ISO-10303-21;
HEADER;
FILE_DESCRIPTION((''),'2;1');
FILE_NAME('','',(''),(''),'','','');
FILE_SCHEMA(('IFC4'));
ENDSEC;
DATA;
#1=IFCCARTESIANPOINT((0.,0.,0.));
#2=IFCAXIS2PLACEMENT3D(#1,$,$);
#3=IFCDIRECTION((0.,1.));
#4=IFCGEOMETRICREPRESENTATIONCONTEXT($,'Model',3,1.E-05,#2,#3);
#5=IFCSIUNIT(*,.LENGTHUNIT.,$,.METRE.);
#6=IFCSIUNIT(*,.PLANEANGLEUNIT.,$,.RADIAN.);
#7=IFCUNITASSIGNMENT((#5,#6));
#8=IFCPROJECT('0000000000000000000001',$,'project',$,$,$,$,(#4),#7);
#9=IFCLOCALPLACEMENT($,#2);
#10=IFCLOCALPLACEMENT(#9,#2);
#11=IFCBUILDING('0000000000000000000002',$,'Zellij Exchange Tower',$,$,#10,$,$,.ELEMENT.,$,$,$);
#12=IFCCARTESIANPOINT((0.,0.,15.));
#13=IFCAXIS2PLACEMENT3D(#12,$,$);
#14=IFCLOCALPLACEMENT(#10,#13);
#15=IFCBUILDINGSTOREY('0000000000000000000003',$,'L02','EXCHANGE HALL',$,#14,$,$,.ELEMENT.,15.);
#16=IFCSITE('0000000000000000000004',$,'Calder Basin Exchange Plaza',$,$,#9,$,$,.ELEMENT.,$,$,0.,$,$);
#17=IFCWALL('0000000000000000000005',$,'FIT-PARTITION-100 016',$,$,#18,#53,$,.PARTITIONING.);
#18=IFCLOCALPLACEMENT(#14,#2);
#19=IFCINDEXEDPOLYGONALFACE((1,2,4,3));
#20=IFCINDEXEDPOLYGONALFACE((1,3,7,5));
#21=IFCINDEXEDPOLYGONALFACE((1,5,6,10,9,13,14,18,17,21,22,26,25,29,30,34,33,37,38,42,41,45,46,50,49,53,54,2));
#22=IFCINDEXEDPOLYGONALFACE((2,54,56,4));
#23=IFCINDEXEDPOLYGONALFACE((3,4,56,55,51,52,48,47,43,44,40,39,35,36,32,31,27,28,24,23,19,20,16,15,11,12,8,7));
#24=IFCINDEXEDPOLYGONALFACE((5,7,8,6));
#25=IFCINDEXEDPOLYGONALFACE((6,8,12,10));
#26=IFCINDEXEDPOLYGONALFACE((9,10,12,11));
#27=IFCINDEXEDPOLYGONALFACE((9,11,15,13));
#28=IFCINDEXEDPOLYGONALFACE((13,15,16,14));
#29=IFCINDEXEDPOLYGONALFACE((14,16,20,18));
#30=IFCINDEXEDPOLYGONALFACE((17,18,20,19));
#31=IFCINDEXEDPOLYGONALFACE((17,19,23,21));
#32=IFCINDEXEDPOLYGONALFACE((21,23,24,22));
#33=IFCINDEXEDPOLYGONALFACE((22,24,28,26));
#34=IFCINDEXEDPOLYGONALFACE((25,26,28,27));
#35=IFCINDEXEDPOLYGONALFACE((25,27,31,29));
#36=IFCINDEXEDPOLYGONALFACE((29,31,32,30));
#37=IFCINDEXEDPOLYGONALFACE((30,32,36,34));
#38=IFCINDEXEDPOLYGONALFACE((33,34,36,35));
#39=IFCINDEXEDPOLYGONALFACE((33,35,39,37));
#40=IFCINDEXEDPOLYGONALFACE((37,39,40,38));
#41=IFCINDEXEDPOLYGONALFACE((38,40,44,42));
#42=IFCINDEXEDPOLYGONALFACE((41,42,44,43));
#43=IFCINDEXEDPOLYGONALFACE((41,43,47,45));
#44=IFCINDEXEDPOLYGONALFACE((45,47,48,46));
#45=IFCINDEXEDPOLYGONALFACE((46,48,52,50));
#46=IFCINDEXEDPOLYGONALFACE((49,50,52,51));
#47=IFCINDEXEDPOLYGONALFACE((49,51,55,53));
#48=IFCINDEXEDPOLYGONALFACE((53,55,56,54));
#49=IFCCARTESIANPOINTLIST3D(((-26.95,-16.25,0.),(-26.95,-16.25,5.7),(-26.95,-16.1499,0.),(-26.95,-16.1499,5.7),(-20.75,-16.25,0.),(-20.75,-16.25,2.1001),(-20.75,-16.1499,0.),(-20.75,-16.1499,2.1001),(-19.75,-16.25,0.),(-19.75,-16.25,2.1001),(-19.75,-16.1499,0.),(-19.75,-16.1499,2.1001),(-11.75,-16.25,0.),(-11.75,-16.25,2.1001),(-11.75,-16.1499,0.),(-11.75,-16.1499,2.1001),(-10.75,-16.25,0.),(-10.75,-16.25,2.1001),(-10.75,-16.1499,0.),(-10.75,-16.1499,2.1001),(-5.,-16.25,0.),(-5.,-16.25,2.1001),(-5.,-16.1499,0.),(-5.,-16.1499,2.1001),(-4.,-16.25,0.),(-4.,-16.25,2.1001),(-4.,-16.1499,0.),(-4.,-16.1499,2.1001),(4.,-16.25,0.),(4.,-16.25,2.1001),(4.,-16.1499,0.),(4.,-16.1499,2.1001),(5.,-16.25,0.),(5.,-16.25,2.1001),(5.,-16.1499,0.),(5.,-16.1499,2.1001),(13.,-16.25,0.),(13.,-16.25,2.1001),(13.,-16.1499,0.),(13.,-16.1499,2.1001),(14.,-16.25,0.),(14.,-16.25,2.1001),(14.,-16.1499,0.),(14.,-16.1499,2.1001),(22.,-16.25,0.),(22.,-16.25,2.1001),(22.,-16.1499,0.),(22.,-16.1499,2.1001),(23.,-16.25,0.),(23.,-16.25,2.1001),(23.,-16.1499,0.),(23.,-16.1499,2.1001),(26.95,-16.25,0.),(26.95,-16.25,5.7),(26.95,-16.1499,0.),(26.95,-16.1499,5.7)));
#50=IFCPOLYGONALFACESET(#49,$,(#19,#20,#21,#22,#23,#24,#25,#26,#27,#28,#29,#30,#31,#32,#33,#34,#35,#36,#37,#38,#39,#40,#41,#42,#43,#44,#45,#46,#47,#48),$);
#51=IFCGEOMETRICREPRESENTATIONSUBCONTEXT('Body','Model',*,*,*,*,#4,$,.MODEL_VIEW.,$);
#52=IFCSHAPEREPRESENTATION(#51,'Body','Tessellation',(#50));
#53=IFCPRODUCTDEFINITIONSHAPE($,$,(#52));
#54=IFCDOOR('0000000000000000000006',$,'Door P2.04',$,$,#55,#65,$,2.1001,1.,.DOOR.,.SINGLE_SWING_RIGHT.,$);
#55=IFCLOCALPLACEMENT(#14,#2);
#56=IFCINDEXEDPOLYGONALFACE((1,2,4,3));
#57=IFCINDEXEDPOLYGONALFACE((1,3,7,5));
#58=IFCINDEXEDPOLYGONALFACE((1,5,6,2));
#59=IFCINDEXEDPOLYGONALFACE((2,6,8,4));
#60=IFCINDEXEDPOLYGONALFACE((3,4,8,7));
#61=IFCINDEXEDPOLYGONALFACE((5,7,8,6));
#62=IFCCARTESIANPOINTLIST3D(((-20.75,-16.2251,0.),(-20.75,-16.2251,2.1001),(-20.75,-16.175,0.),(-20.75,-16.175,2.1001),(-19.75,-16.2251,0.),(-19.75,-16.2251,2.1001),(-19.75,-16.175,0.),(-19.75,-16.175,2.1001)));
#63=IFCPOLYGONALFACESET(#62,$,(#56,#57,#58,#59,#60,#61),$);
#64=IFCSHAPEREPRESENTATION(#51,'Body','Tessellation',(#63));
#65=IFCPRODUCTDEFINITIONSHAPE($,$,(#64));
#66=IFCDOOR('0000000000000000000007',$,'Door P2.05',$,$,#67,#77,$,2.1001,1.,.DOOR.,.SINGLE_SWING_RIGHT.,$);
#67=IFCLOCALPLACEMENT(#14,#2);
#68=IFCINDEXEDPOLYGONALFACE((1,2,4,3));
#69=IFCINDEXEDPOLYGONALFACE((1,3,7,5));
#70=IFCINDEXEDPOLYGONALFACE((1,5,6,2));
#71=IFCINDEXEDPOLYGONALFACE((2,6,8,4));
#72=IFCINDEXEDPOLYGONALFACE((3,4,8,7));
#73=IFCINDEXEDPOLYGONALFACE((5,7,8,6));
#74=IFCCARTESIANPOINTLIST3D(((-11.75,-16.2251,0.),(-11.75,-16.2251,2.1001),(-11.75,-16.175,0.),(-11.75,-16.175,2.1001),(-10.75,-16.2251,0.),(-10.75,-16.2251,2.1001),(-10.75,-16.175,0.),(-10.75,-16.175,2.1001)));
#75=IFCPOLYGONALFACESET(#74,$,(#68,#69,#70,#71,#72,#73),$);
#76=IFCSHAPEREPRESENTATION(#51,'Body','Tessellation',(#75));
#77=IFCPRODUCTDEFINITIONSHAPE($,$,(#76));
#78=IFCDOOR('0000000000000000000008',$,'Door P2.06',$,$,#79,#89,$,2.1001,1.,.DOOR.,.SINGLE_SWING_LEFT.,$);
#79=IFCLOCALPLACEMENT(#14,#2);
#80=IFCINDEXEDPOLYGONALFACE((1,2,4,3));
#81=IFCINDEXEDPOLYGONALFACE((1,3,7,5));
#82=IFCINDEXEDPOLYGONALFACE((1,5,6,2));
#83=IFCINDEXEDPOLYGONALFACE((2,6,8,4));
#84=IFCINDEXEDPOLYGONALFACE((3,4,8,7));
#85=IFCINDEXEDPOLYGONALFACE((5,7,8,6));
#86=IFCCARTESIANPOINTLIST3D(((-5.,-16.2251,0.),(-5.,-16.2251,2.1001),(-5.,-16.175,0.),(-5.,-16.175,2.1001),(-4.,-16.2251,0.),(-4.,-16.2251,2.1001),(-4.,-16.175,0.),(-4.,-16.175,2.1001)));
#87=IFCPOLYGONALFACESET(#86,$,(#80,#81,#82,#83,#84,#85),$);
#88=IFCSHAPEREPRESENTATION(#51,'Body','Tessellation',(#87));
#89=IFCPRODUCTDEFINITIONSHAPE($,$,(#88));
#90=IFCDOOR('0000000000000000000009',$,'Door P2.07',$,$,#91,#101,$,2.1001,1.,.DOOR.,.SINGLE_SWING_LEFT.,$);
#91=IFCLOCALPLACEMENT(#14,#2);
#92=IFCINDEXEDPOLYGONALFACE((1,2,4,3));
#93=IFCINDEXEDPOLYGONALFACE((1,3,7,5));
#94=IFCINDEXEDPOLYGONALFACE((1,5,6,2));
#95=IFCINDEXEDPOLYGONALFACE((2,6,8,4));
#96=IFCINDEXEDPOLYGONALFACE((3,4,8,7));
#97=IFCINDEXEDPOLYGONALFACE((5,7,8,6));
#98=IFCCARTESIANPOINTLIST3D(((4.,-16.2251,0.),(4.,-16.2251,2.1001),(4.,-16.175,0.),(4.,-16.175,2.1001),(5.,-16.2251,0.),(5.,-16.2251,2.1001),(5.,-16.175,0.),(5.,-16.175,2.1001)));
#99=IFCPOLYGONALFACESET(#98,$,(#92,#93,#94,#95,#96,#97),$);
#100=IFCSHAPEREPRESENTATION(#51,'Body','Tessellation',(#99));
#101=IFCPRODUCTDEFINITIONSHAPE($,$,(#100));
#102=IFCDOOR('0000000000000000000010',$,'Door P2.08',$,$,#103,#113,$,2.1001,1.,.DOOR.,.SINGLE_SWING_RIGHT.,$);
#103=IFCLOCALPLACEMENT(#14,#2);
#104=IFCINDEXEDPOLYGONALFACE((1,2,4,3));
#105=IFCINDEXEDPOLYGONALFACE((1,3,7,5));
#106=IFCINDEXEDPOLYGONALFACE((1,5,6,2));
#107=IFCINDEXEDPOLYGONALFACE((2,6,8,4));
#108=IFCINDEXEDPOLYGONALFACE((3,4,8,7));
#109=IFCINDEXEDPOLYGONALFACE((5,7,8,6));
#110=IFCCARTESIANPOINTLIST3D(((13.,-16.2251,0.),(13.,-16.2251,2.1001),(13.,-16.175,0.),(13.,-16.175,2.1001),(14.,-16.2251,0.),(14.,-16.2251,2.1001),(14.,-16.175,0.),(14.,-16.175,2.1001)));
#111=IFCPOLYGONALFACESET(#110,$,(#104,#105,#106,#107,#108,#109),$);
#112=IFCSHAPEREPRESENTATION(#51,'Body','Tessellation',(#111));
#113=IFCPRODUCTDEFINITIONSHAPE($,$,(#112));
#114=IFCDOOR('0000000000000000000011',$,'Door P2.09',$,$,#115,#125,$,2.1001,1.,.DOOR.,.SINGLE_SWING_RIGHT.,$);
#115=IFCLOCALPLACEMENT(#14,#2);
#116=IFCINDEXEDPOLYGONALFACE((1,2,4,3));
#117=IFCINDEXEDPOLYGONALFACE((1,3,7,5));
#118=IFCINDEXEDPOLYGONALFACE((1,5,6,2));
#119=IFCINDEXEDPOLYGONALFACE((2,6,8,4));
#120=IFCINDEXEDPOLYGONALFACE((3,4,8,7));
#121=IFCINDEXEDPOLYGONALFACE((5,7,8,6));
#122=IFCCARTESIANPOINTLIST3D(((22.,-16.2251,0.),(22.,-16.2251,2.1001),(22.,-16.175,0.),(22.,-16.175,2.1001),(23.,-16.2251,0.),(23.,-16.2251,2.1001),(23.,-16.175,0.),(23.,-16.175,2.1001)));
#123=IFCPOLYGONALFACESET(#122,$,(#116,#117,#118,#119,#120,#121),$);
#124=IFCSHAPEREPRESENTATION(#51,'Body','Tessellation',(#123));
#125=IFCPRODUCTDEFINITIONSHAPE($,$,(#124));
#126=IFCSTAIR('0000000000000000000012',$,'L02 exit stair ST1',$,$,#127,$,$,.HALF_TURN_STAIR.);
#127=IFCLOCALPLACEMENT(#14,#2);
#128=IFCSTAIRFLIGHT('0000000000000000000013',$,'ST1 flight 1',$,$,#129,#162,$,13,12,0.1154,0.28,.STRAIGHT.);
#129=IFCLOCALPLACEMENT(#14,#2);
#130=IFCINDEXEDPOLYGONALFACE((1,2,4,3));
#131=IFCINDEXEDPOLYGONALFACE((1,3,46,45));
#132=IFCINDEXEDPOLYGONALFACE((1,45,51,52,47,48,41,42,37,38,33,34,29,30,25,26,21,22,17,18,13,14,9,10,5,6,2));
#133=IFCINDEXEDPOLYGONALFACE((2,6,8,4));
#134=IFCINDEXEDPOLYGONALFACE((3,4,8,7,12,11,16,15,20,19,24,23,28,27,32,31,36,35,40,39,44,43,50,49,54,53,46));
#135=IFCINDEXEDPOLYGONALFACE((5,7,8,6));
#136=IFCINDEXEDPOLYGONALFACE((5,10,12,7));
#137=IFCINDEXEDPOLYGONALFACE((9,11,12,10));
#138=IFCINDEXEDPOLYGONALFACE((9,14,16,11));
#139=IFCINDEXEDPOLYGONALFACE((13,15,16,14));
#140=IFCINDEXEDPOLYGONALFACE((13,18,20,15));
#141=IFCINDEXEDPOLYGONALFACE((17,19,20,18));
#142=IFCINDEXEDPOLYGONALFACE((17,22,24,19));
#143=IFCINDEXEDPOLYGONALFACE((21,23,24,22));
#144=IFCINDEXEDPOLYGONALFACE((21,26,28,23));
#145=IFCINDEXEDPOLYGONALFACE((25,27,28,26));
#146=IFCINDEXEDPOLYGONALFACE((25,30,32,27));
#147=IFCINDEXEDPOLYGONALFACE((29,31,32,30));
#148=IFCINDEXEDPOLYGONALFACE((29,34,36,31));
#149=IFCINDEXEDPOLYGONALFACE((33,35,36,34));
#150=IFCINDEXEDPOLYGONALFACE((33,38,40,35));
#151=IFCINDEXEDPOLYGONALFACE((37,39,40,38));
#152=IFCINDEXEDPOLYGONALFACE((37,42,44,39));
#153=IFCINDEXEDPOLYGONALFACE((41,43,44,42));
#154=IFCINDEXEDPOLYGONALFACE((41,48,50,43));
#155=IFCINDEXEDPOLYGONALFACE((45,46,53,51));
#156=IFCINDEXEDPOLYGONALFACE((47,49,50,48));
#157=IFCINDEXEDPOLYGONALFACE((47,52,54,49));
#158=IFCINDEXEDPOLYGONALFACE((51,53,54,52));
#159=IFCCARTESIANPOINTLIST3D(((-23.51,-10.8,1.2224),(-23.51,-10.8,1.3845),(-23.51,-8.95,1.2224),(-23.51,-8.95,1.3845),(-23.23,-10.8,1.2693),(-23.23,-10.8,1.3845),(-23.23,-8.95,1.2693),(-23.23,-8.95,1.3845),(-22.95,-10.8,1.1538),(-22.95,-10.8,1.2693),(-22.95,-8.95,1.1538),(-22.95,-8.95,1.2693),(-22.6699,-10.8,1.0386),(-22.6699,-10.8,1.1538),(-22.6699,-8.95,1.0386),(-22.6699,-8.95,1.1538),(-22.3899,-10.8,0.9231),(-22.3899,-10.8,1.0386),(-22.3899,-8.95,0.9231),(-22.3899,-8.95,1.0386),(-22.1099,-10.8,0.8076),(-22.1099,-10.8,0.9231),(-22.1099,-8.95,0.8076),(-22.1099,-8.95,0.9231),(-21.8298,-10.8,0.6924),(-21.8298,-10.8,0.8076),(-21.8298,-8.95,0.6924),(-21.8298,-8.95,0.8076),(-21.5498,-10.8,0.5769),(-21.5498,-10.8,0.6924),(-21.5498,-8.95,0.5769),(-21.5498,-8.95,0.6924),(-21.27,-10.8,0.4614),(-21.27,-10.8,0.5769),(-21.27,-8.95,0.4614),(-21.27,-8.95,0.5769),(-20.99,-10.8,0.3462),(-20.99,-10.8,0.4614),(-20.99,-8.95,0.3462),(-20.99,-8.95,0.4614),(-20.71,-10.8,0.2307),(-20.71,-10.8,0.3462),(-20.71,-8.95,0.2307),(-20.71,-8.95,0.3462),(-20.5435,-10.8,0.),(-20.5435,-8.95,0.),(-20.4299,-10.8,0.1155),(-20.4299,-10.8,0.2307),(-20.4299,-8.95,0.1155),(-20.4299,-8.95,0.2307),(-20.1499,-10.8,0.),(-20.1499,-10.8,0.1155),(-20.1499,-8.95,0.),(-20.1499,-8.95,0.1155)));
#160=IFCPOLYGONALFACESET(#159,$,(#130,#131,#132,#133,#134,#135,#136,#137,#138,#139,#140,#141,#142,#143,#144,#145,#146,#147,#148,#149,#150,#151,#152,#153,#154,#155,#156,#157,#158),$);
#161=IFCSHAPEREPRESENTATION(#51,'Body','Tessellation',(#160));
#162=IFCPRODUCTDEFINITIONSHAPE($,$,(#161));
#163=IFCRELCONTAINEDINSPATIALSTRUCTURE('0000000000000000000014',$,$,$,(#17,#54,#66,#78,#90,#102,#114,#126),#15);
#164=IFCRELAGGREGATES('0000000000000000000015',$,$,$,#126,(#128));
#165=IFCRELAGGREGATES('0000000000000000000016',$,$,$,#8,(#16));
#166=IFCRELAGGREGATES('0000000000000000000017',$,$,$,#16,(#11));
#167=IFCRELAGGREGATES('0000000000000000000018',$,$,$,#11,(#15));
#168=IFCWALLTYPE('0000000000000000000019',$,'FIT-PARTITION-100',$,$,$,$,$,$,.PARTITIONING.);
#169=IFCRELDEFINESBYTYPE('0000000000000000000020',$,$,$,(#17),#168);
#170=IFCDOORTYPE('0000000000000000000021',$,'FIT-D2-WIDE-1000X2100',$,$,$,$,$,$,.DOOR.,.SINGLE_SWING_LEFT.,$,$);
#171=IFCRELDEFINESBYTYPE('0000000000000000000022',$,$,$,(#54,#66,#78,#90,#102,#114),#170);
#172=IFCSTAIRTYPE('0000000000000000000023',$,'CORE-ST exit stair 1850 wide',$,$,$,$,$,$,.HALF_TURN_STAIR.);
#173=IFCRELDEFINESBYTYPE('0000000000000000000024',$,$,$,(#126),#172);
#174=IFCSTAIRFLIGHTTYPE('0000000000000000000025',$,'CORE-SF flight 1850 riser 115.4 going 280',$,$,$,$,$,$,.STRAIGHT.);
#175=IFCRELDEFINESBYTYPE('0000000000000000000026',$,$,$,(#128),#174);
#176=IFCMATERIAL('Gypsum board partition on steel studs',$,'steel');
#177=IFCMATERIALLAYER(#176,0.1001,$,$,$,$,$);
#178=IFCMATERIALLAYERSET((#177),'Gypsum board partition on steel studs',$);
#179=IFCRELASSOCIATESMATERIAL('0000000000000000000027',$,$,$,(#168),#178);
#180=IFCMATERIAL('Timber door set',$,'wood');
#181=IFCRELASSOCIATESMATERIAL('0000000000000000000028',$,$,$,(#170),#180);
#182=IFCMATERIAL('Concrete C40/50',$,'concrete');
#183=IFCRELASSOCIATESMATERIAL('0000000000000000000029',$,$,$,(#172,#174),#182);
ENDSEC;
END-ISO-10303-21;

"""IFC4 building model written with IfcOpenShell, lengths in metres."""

from ifc_helpers import new_model, si_unit, direction, frame, frame_2d, origin, place, context, subcontext, project, spatial, polyline, rectangle, outline, extrude, material, layer, layer_set, type_object, element, fill, aggregate, save


model = new_model("IFC4")

# Units and contexts
model_context = context("Model", 3, precision=1e-05, world=origin(), true_north=direction((0.0, 1.0)))
body_context = subcontext(model_context, "Body", "Model", "MODEL_VIEW")
ifc_project = project(units=[si_unit("LENGTHUNIT", "METRE"), si_unit("PLANEANGLEUNIT", "RADIAN")], contexts=[model_context])

# Site, building, storey
site_placement = place(None, origin())
site = spatial("IfcSite", under=ifc_project, at=site_placement, Name="Calder Basin Exchange Plaza", CompositionType="ELEMENT", RefElevation=0.0)
building_placement = place(site_placement, origin())
building = spatial("IfcBuilding", under=site, at=building_placement, Name="Zellij Exchange Tower", CompositionType="ELEMENT")
storey_placement = place(building_placement, frame((0.0, 0.0, 15.0)))
storey = spatial("IfcBuildingStorey", under=building, at=storey_placement, Name="L02", Description="EXCHANGE HALL", CompositionType="ELEMENT", Elevation=15.0)

# Wall, openings, doors
ifc_material_1 = material(Name="Gypsum board partition on steel studs", Category="steel")
ifc_layer_1 = layer(ifc_material_1, 0.1001)
ifc_layer_set_1 = layer_set([ifc_layer_1], Name="Gypsum board partition on steel studs")
wall_type_1 = type_object("IfcWallType", Name="FIT-PARTITION-100", PredefinedType="PARTITIONING", material=ifc_layer_set_1)
wall_1_placement = place(storey_placement, frame((-26.95, -16.2, 0.0), z_axis=(0.0, 0.0, 1.0), x_axis=(1.0, 0.0, 0.0)))
wall_1 = element("IfcWall", 1, at=wall_1_placement, inside=storey, type_object=wall_type_1, Name="FIT-PARTITION-100 016", PredefinedType="PARTITIONING", context=body_context, shape_type="SweptSolid", body=[
    extrude(rectangle(XDim=53.8999, YDim=0.1001, at=frame_2d((26.95, 0.0))), origin(), (0.0, 0.0, 1.0), 5.7),
])
opening_1_placement = place(wall_1_placement, frame((6.2, 0.0, 0.0)))
opening_1 = element("IfcOpeningElement", 2, at=opening_1_placement, cuts=wall_1, PredefinedType="OPENING", context=body_context, shape_type="SweptSolid", body=[
    extrude(rectangle(XDim=1.0, YDim=2.1001, at=frame_2d((0.5, 1.05))), frame((0.0, 0.062, 0.0), z_axis=(0.0, -1.0, 0.0), x_axis=(1.0, 0.0, 0.0)), (0.0, 0.0, 1.0), 0.124),
])
opening_2_placement = place(wall_1_placement, frame((15.2, 0.0, 0.0)))
opening_2 = element("IfcOpeningElement", 3, at=opening_2_placement, cuts=wall_1, PredefinedType="OPENING", context=body_context, shape_type="SweptSolid", body=[
    extrude(rectangle(XDim=1.0, YDim=2.1001, at=frame_2d((0.5, 1.05))), frame((0.0, 0.062, 0.0), z_axis=(0.0, -1.0, 0.0), x_axis=(1.0, 0.0, 0.0)), (0.0, 0.0, 1.0), 0.124),
])
opening_3_placement = place(wall_1_placement, frame((21.95, 0.0, 0.0)))
opening_3 = element("IfcOpeningElement", 4, at=opening_3_placement, cuts=wall_1, PredefinedType="OPENING", context=body_context, shape_type="SweptSolid", body=[
    extrude(rectangle(XDim=1.0, YDim=2.1001, at=frame_2d((0.5, 1.05))), frame((0.0, 0.062, 0.0), z_axis=(0.0, -1.0, 0.0), x_axis=(1.0, 0.0, 0.0)), (0.0, 0.0, 1.0), 0.124),
])
opening_4_placement = place(wall_1_placement, frame((30.95, 0.0, 0.0)))
opening_4 = element("IfcOpeningElement", 5, at=opening_4_placement, cuts=wall_1, PredefinedType="OPENING", context=body_context, shape_type="SweptSolid", body=[
    extrude(rectangle(XDim=1.0, YDim=2.1001, at=frame_2d((0.5, 1.05))), frame((0.0, 0.062, 0.0), z_axis=(0.0, -1.0, 0.0), x_axis=(1.0, 0.0, 0.0)), (0.0, 0.0, 1.0), 0.124),
])
opening_5_placement = place(wall_1_placement, frame((39.95, 0.0, 0.0)))
opening_5 = element("IfcOpeningElement", 6, at=opening_5_placement, cuts=wall_1, PredefinedType="OPENING", context=body_context, shape_type="SweptSolid", body=[
    extrude(rectangle(XDim=1.0, YDim=2.1001, at=frame_2d((0.5, 1.05))), frame((0.0, 0.062, 0.0), z_axis=(0.0, -1.0, 0.0), x_axis=(1.0, 0.0, 0.0)), (0.0, 0.0, 1.0), 0.124),
])
opening_6_placement = place(wall_1_placement, frame((48.95, 0.0, 0.0)))
opening_6 = element("IfcOpeningElement", 7, at=opening_6_placement, cuts=wall_1, PredefinedType="OPENING", context=body_context, shape_type="SweptSolid", body=[
    extrude(rectangle(XDim=1.0, YDim=2.1001, at=frame_2d((0.5, 1.05))), frame((0.0, 0.062, 0.0), z_axis=(0.0, -1.0, 0.0), x_axis=(1.0, 0.0, 0.0)), (0.0, 0.0, 1.0), 0.124),
])
ifc_material_2 = material(Name="Timber door set", Category="wood")
door_type_1 = type_object("IfcDoorType", Name="FIT-D2-WIDE-1000X2100", OperationType="SINGLE_SWING_LEFT", PredefinedType="DOOR", material=ifc_material_2)
door_1_placement = place(opening_1_placement, origin())
door_1 = element("IfcDoor", 8, at=door_1_placement, inside=storey, type_object=door_type_1, Name="Door P2.04", OperationType="SINGLE_SWING_RIGHT", OverallHeight=2.1001, OverallWidth=1.0, PredefinedType="DOOR", context=body_context, shape_type="SweptSolid", body=[
    extrude(rectangle(XDim=1.0, YDim=2.1001, at=frame_2d((0.5, 1.05))), frame((0.0, 0.0249, 0.0), z_axis=(0.0, -1.0, 0.0), x_axis=(1.0, 0.0, 0.0)), (0.0, 0.0, 1.0), 0.05),
])
fill(opening_1, door_1)
door_2_placement = place(opening_2_placement, origin())
door_2 = element("IfcDoor", 9, at=door_2_placement, inside=storey, type_object=door_type_1, Name="Door P2.05", OperationType="SINGLE_SWING_RIGHT", OverallHeight=2.1001, OverallWidth=1.0, PredefinedType="DOOR", context=body_context, shape_type="SweptSolid", body=[
    extrude(rectangle(XDim=1.0, YDim=2.1001, at=frame_2d((0.5, 1.05))), frame((0.0, 0.0249, 0.0), z_axis=(0.0, -1.0, 0.0), x_axis=(1.0, 0.0, 0.0)), (0.0, 0.0, 1.0), 0.05),
])
fill(opening_2, door_2)
door_3_placement = place(opening_3_placement, origin())
door_3 = element("IfcDoor", 10, at=door_3_placement, inside=storey, type_object=door_type_1, Name="Door P2.06", OperationType="SINGLE_SWING_LEFT", OverallHeight=2.1001, OverallWidth=1.0, PredefinedType="DOOR", context=body_context, shape_type="SweptSolid", body=[
    extrude(rectangle(XDim=1.0, YDim=2.1001, at=frame_2d((0.5, 1.05))), frame((0.0, 0.0249, 0.0), z_axis=(0.0, -1.0, 0.0), x_axis=(1.0, 0.0, 0.0)), (0.0, 0.0, 1.0), 0.05),
])
fill(opening_3, door_3)
door_4_placement = place(opening_4_placement, origin())
door_4 = element("IfcDoor", 11, at=door_4_placement, inside=storey, type_object=door_type_1, Name="Door P2.07", OperationType="SINGLE_SWING_LEFT", OverallHeight=2.1001, OverallWidth=1.0, PredefinedType="DOOR", context=body_context, shape_type="SweptSolid", body=[
    extrude(rectangle(XDim=1.0, YDim=2.1001, at=frame_2d((0.5, 1.05))), frame((0.0, 0.0249, 0.0), z_axis=(0.0, -1.0, 0.0), x_axis=(1.0, 0.0, 0.0)), (0.0, 0.0, 1.0), 0.05),
])
fill(opening_4, door_4)
door_5_placement = place(opening_5_placement, origin())
door_5 = element("IfcDoor", 12, at=door_5_placement, inside=storey, type_object=door_type_1, Name="Door P2.08", OperationType="SINGLE_SWING_RIGHT", OverallHeight=2.1001, OverallWidth=1.0, PredefinedType="DOOR", context=body_context, shape_type="SweptSolid", body=[
    extrude(rectangle(XDim=1.0, YDim=2.1001, at=frame_2d((0.5, 1.05))), frame((0.0, 0.0249, 0.0), z_axis=(0.0, -1.0, 0.0), x_axis=(1.0, 0.0, 0.0)), (0.0, 0.0, 1.0), 0.05),
])
fill(opening_5, door_5)
door_6_placement = place(opening_6_placement, origin())
door_6 = element("IfcDoor", 13, at=door_6_placement, inside=storey, type_object=door_type_1, Name="Door P2.09", OperationType="SINGLE_SWING_RIGHT", OverallHeight=2.1001, OverallWidth=1.0, PredefinedType="DOOR", context=body_context, shape_type="SweptSolid", body=[
    extrude(rectangle(XDim=1.0, YDim=2.1001, at=frame_2d((0.5, 1.05))), frame((0.0, 0.0249, 0.0), z_axis=(0.0, -1.0, 0.0), x_axis=(1.0, 0.0, 0.0)), (0.0, 0.0, 1.0), 0.05),
])
fill(opening_6, door_6)

# Stair, stair flight
ifc_material_3 = material(Name="Concrete C40/50", Category="concrete")
stair_type = type_object("IfcStairType", Name="CORE-ST exit stair 1850 wide", PredefinedType="HALF_TURN_STAIR", material=ifc_material_3)
stair_placement = place(storey_placement, origin())
stair = element("IfcStair", 14, at=stair_placement, inside=storey, type_object=stair_type, Name="L02 exit stair ST1", PredefinedType="HALF_TURN_STAIR")
stair_flight_type = type_object("IfcStairFlightType", Name="CORE-SF flight 1850 riser 115.4 going 280", PredefinedType="STRAIGHT", material=ifc_material_3)
stair_flight_1_placement = place(storey_placement, frame((-20.1499, -9.875, 0.0), z_axis=(0.0, 0.0, 1.0), x_axis=(-1.0, 0.0, 0.0)))
stair_flight_1 = element("IfcStairFlight", 15, at=stair_flight_1_placement, type_object=stair_flight_type, Name="ST1 flight 1", NumberOfRisers=13, NumberOfTreads=12, PredefinedType="STRAIGHT", RiserHeight=0.1154, TreadLength=0.28, context=body_context, shape_type="SweptSolid", body=[
    extrude(outline(polyline([(0.0, 0.0), (0.0, 0.1155), (0.28, 0.1155), (0.28, 0.2307), (0.5601, 0.2307), (0.5601, 0.3462), (0.8401, 0.3462), (0.8401, 0.4614), (1.1201, 0.4614), (1.1201, 0.5769), (1.3999, 0.5769), (1.3999, 0.6924), (1.6799, 0.6924), (1.6799, 0.8076), (1.96, 0.8076), (1.96, 0.9231), (2.24, 0.9231), (2.24, 1.0386), (2.52, 1.0386), (2.52, 1.1538), (2.8, 1.1538), (2.8, 1.2693), (3.0801, 1.2693), (3.0801, 1.3845), (3.3601, 1.3845), (3.3601, 1.5), (3.3601, 1.2224), (0.3936, 0.0), (0.0, 0.0)])), frame((0.0, 0.925, 0.0), z_axis=(0.0, -1.0, 0.0), x_axis=(1.0, 0.0, 0.0)), (0.0, 0.0, 1.0), 1.8501),
])
aggregate(stair, [stair_flight_1])

save(model, "model.ifc")
